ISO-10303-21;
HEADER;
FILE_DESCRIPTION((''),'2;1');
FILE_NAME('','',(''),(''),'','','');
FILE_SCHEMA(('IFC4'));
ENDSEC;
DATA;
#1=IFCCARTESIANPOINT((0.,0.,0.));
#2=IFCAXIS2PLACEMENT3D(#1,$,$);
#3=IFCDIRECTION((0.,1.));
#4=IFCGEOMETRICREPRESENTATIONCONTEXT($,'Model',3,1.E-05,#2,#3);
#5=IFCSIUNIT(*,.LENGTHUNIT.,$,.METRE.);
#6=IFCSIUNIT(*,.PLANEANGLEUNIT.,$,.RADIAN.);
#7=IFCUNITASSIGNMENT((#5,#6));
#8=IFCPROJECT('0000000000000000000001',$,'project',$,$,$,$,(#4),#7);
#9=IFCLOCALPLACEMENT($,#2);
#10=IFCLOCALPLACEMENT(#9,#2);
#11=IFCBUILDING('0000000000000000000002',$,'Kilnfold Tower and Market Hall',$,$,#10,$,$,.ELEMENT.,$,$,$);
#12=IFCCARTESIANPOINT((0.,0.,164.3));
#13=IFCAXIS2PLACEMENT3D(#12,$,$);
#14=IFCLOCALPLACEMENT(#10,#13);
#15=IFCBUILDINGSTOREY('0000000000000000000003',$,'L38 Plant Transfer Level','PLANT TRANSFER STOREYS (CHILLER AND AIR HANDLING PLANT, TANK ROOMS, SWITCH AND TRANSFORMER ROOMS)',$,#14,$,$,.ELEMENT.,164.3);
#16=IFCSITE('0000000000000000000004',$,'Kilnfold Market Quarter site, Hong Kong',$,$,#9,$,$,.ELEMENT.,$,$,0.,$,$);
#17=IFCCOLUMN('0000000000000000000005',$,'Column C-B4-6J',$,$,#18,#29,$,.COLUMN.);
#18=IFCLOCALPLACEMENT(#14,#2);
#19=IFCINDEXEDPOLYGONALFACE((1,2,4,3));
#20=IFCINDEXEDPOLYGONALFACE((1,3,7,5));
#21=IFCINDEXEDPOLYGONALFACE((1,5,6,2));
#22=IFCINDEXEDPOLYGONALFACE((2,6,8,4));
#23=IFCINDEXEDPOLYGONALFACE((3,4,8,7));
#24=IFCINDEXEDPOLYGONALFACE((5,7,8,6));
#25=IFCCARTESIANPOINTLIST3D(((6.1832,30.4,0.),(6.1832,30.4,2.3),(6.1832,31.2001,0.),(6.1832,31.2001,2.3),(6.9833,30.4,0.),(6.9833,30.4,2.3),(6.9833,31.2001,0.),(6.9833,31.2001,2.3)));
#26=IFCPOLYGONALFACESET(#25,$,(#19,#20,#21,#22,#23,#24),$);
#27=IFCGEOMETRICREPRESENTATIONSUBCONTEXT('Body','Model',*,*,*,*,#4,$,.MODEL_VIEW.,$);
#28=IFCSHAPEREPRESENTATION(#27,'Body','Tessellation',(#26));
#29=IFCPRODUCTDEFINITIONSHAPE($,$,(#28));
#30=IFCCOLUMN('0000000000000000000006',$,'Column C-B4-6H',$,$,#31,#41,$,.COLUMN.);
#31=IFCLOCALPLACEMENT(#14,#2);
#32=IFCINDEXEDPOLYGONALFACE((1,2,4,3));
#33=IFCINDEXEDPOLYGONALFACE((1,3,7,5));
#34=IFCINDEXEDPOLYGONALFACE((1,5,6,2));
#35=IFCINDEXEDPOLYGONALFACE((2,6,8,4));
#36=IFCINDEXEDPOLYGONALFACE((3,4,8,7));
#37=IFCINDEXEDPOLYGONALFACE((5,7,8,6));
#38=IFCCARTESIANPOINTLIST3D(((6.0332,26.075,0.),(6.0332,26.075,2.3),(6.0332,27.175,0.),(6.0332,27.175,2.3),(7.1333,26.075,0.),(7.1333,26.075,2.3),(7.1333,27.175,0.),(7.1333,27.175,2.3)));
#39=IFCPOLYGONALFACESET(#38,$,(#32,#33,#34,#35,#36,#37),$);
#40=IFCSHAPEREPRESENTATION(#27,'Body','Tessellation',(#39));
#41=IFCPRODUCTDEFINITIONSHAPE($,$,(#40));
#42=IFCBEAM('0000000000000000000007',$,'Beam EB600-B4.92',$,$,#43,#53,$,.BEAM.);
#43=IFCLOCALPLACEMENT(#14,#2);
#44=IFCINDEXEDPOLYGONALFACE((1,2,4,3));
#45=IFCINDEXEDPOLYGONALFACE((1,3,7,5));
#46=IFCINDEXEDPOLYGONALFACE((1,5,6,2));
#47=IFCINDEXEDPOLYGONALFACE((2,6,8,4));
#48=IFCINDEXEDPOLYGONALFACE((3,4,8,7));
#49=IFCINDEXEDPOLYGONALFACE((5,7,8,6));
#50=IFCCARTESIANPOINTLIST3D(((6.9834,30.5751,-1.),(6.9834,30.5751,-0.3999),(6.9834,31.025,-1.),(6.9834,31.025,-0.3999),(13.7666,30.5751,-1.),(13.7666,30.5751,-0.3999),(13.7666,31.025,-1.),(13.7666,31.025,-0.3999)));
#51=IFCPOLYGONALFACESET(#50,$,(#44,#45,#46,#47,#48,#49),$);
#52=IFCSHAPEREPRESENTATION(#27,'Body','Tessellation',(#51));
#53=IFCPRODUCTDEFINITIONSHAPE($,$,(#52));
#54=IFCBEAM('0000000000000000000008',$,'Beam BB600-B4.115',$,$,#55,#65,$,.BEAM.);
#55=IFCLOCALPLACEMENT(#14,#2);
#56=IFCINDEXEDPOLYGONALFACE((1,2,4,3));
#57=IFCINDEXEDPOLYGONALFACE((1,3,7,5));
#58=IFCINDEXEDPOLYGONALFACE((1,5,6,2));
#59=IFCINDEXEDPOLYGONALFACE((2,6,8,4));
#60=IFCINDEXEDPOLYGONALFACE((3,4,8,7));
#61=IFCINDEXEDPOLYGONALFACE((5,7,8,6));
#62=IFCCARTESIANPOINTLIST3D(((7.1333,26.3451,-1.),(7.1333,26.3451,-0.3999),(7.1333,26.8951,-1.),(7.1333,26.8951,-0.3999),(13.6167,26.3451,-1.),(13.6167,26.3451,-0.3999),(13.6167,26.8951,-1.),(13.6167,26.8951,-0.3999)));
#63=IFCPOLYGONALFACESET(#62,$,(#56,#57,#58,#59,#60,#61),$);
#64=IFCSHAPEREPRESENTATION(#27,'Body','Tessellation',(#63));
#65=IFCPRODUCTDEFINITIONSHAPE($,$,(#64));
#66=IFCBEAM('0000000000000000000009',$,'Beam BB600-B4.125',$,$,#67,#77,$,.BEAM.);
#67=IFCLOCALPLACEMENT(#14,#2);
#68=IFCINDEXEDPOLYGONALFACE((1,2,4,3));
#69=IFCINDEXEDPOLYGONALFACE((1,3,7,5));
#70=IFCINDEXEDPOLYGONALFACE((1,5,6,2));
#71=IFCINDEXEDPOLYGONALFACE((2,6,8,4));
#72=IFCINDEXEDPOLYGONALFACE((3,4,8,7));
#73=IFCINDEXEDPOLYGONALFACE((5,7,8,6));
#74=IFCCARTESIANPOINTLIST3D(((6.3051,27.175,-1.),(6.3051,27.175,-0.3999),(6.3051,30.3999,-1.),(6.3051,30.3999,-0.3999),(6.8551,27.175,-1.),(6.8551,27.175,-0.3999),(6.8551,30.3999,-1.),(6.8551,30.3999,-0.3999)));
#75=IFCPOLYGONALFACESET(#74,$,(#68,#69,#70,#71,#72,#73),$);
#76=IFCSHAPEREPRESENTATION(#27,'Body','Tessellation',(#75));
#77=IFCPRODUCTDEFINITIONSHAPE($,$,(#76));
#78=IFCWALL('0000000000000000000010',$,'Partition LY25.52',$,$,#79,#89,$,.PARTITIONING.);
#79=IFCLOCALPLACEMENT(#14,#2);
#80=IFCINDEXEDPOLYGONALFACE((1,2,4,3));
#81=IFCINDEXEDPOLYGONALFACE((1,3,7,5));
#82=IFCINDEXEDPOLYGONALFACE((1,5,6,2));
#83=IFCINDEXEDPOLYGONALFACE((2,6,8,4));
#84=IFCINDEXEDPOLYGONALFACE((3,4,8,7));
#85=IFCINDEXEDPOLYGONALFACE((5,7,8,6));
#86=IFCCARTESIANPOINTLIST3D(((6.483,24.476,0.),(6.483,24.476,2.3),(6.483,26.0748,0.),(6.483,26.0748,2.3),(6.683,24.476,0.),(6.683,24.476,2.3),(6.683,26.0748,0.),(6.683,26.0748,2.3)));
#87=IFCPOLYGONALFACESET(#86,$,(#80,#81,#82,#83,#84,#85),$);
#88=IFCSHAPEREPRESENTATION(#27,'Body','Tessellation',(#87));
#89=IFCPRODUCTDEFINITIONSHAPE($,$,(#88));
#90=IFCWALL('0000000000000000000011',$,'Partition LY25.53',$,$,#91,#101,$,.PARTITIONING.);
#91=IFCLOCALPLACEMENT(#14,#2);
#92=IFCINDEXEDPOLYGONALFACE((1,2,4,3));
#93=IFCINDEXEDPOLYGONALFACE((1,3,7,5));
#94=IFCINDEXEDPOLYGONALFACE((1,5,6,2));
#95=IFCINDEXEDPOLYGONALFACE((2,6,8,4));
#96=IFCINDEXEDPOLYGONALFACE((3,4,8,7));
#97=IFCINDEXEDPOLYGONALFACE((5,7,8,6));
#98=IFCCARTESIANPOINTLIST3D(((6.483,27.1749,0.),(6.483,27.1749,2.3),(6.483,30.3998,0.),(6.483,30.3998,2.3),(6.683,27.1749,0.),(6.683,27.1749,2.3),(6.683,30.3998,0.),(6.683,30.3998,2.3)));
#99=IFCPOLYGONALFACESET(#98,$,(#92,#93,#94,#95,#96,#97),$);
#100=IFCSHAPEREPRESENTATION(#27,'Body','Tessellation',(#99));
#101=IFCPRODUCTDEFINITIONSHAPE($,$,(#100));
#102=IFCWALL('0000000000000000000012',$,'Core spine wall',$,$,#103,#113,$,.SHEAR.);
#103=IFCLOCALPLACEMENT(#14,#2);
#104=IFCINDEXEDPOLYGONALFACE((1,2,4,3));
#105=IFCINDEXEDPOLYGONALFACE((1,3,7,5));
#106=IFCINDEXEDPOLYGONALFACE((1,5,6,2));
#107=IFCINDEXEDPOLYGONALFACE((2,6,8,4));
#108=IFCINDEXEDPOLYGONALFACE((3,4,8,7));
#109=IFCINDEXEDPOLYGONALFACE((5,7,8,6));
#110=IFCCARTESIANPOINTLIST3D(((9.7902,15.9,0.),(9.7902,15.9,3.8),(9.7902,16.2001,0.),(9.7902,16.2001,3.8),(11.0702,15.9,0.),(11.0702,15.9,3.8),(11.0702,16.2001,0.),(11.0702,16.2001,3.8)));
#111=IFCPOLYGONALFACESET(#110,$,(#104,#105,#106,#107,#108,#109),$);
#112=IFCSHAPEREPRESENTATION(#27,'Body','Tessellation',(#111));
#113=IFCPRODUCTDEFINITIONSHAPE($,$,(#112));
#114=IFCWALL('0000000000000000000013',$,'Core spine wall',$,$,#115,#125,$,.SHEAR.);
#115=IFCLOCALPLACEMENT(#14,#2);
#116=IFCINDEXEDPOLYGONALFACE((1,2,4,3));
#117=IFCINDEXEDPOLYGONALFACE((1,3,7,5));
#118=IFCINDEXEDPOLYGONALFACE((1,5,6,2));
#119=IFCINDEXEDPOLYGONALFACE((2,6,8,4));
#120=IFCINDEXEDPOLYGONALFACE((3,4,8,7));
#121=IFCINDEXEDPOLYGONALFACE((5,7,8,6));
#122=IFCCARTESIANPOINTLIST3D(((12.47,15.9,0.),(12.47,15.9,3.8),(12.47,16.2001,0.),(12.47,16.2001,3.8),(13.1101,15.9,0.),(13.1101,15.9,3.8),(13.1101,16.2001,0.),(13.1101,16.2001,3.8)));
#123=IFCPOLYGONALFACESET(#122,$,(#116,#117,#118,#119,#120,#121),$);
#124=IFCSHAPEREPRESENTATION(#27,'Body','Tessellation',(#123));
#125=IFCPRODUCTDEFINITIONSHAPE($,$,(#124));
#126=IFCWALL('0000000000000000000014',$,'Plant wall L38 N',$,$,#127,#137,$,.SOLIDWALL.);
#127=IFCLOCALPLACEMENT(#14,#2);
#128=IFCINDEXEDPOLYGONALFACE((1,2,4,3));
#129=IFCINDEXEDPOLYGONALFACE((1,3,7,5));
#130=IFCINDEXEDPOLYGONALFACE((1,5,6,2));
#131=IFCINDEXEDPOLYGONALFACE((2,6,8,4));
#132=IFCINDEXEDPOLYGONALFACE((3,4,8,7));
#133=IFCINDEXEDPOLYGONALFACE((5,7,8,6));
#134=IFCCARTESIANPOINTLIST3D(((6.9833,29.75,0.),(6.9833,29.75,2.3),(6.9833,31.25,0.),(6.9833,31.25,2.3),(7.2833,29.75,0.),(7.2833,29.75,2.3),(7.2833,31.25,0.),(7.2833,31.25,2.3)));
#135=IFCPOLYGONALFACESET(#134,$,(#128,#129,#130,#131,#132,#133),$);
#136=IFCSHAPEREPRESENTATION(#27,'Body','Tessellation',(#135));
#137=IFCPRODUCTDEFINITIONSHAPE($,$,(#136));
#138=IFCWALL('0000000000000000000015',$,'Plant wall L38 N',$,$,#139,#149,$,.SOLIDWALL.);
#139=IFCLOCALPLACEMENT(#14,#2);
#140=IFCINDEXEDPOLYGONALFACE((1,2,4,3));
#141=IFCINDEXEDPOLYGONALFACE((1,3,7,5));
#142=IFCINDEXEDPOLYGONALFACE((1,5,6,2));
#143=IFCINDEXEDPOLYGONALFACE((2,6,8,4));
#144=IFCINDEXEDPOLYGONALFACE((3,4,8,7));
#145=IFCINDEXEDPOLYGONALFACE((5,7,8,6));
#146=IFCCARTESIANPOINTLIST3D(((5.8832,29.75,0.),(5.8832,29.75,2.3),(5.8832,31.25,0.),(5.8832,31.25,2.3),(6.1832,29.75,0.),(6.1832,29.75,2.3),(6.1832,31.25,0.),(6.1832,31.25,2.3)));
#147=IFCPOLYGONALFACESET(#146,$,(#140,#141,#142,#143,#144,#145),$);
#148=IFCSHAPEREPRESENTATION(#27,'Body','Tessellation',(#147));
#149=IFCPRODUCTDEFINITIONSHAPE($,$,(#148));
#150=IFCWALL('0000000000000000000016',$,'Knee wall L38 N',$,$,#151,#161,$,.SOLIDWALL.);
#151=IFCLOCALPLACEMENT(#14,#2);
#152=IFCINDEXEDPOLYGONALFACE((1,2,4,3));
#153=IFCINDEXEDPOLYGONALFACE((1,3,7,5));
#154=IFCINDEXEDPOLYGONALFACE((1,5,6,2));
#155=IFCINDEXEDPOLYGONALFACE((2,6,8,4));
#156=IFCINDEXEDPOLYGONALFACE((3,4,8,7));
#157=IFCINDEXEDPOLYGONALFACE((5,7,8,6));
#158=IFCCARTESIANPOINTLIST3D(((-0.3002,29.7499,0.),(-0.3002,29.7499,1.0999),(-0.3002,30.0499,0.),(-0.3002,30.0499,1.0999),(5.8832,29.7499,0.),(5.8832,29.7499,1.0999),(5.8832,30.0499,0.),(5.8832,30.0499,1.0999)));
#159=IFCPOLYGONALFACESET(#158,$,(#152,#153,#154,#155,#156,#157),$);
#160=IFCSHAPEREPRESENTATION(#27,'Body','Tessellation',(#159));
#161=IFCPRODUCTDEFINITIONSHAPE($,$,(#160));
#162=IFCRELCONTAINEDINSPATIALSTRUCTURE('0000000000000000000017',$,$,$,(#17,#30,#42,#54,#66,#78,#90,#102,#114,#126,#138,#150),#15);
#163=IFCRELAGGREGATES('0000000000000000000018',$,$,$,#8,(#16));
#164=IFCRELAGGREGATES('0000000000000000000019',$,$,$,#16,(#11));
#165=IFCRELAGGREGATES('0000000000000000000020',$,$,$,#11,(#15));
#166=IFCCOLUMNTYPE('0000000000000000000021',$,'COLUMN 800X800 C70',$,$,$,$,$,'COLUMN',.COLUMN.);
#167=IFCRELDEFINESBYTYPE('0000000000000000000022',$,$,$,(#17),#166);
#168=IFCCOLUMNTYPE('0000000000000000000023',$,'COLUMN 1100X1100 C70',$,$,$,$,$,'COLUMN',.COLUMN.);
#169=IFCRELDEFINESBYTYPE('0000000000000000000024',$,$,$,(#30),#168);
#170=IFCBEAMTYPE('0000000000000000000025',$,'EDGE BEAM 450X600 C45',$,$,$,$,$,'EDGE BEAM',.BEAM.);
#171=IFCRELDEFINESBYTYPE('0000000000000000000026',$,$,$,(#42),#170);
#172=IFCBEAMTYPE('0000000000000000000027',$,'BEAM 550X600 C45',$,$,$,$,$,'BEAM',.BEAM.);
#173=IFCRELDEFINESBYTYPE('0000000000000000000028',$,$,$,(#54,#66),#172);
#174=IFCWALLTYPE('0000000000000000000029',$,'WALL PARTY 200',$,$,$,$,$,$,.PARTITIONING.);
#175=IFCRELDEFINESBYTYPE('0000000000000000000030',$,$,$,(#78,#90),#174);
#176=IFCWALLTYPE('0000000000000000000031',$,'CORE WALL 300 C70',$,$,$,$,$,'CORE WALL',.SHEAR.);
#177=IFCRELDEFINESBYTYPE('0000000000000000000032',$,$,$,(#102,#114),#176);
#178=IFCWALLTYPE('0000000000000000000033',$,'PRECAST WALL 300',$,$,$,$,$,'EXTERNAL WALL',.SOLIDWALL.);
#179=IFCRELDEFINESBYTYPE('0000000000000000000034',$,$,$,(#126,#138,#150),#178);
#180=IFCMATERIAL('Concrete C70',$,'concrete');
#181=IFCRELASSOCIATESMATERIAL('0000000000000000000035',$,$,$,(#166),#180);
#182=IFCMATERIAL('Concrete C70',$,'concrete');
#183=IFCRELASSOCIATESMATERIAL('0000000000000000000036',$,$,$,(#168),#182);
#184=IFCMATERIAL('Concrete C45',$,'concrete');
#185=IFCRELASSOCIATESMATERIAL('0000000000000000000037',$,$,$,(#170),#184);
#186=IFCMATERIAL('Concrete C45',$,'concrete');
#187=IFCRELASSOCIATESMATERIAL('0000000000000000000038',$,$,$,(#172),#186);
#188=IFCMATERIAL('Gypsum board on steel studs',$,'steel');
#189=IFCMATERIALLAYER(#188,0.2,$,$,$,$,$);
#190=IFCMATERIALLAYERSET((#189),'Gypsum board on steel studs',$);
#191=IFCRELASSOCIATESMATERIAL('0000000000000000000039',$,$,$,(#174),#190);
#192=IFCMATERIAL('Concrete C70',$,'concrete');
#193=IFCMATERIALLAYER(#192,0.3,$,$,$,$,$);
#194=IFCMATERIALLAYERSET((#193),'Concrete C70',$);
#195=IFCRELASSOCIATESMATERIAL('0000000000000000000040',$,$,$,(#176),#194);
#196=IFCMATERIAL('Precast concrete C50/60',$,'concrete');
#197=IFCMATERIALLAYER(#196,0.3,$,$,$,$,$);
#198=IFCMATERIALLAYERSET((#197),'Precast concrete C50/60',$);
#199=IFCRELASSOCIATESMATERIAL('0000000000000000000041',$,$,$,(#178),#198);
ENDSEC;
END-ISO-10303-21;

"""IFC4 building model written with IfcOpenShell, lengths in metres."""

from ifc_helpers import new_model, si_unit, direction, frame, frame_2d, origin, origin_2d, place, context, subcontext, project, spatial, rectangle, extrude, source, transform, mapped, material, layer, layer_set, material_profile, profile_set, type_object, element, save


model = new_model("IFC4")

# Units and contexts
model_context = context("Model", 3, precision=1e-05, world=origin(), true_north=direction((0.0, 1.0)))
body_context = subcontext(model_context, "Body", "Model", "MODEL_VIEW")
ifc_project = project(units=[si_unit("LENGTHUNIT", "METRE"), si_unit("PLANEANGLEUNIT", "RADIAN")], contexts=[model_context])

# Site, building, storey
site_placement = place(None, origin())
site = spatial("IfcSite", under=ifc_project, at=site_placement, Name="Kilnfold Market Quarter site, Hong Kong", CompositionType="ELEMENT", RefElevation=0.0)
building_placement = place(site_placement, origin())
building = spatial("IfcBuilding", under=site, at=building_placement, Name="Kilnfold Tower and Market Hall", CompositionType="ELEMENT")
storey_placement = place(building_placement, frame((0.0, 0.0, 164.3)))
storey = spatial("IfcBuildingStorey", under=building, at=storey_placement, Name="L38 Plant Transfer Level", Description="PLANT TRANSFER STOREYS (CHILLER AND AIR HANDLING PLANT, TANK ROOMS, SWITCH AND TRANSFORMER ROOMS)", CompositionType="ELEMENT", Elevation=164.3)

# Columns
ifc_material_1 = material(Name="Concrete C70", Category="concrete")
ifc_material_profile_1 = material_profile(ifc_material_1, rectangle(XDim=0.8, YDim=0.8, at=origin_2d()), Name="RC 800x800")
ifc_profile_set_1 = profile_set([ifc_material_profile_1], Name="Concrete C70")
column_type_1 = type_object("IfcColumnType", Name="COLUMN 800X800 C70", ElementType="COLUMN", PredefinedType="COLUMN", material=ifc_profile_set_1)
shared_shape_1 = source(origin(), body_context, "Body", "SweptSolid", [
    extrude(rectangle(XDim=0.8, YDim=0.8, at=origin_2d()), origin(), (0.0, 0.0, 1.0), 2.3),
])
column_1_placement = place(storey_placement, frame((6.5833, 30.8, 0.0), z_axis=(0.0, 0.0, 1.0), x_axis=(1.0, 0.0, 0.0)))
element("IfcColumn", 1, at=column_1_placement, inside=storey, type_object=column_type_1, Name="Column C-B4-6J", PredefinedType="COLUMN", context=body_context, shape_type="MappedRepresentation", body=[
    mapped(shared_shape_1, transform((0.0, 0.0, 0.0))),
])
ifc_material_2 = material(Name="Concrete C70", Category="concrete")
ifc_material_profile_2 = material_profile(ifc_material_2, rectangle(XDim=1.1001, YDim=1.1001, at=origin_2d()), Name="RC 1100x1100")
ifc_profile_set_2 = profile_set([ifc_material_profile_2], Name="Concrete C70")
column_type_2 = type_object("IfcColumnType", Name="COLUMN 1100X1100 C70", ElementType="COLUMN", PredefinedType="COLUMN", material=ifc_profile_set_2)
shared_shape_2 = source(origin(), body_context, "Body", "SweptSolid", [
    extrude(rectangle(XDim=1.1001, YDim=1.1001, at=origin_2d()), origin(), (0.0, 0.0, 1.0), 2.3),
])
column_2_placement = place(storey_placement, frame((6.5833, 26.625, 0.0), z_axis=(0.0, 0.0, 1.0), x_axis=(1.0, 0.0, 0.0)))
element("IfcColumn", 2, at=column_2_placement, inside=storey, type_object=column_type_2, Name="Column C-B4-6H", PredefinedType="COLUMN", context=body_context, shape_type="MappedRepresentation", body=[
    mapped(shared_shape_2, transform((0.0, 0.0, 0.0))),
])

# Beams
ifc_material_3 = material(Name="Concrete C45", Category="concrete")
ifc_material_profile_3 = material_profile(ifc_material_3, rectangle(XDim=0.45, YDim=0.6001, at=origin_2d()), Name="RC 450x600")
ifc_profile_set_3 = profile_set([ifc_material_profile_3], Name="Concrete C45")
beam_type_1 = type_object("IfcBeamType", Name="EDGE BEAM 450X600 C45", ElementType="EDGE BEAM", PredefinedType="BEAM", material=ifc_profile_set_3)
shared_shape_3 = source(origin(), body_context, "Body", "SweptSolid", [
    extrude(rectangle(XDim=0.45, YDim=0.6001, at=origin_2d()), origin(), (0.0, 0.0, 1.0), 6.7832),
])
beam_1_placement = place(storey_placement, frame((6.9834, 30.8, -0.7), z_axis=(1.0, 0.0, 0.0), x_axis=(0.0, 1.0, 0.0)))
element("IfcBeam", 3, at=beam_1_placement, inside=storey, type_object=beam_type_1, Name="Beam EB600-B4.92", PredefinedType="BEAM", context=body_context, shape_type="MappedRepresentation", body=[
    mapped(shared_shape_3, transform((0.0, 0.0, 0.0))),
])
ifc_material_4 = material(Name="Concrete C45", Category="concrete")
ifc_material_profile_4 = material_profile(ifc_material_4, rectangle(XDim=0.55, YDim=0.6001, at=origin_2d()), Name="RC 550x600")
ifc_profile_set_4 = profile_set([ifc_material_profile_4], Name="Concrete C45")
beam_type_2 = type_object("IfcBeamType", Name="BEAM 550X600 C45", ElementType="BEAM", PredefinedType="BEAM", material=ifc_profile_set_4)
shared_shape_4 = source(origin(), body_context, "Body", "SweptSolid", [
    extrude(rectangle(XDim=0.55, YDim=0.6001, at=origin_2d()), origin(), (0.0, 0.0, 1.0), 6.4834),
])
beam_2_placement = place(storey_placement, frame((7.1333, 26.6201, -0.7), z_axis=(1.0, 0.0, 0.0), x_axis=(0.0, 1.0, 0.0)))
element("IfcBeam", 4, at=beam_2_placement, inside=storey, type_object=beam_type_2, Name="Beam BB600-B4.115", PredefinedType="BEAM", context=body_context, shape_type="MappedRepresentation", body=[
    mapped(shared_shape_4, transform((0.0, 0.0, 0.0))),
])
shared_shape_5 = source(origin(), body_context, "Body", "SweptSolid", [
    extrude(rectangle(XDim=0.55, YDim=0.6001, at=origin_2d()), origin(), (0.0, 0.0, 1.0), 3.2249),
])
beam_3_placement = place(storey_placement, frame((6.5801, 27.175, -0.7), z_axis=(0.0, 1.0, 0.0), x_axis=(-1.0, 0.0, 0.0)))
element("IfcBeam", 5, at=beam_3_placement, inside=storey, type_object=beam_type_2, Name="Beam BB600-B4.125", PredefinedType="BEAM", context=body_context, shape_type="MappedRepresentation", body=[
    mapped(shared_shape_5, transform((0.0, 0.0, 0.0))),
])

# Walls
ifc_material_5 = material(Name="Gypsum board on steel studs", Category="steel")
ifc_layer_1 = layer(ifc_material_5, 0.2)
ifc_layer_set_1 = layer_set([ifc_layer_1], Name="Gypsum board on steel studs")
wall_type_1 = type_object("IfcWallType", Name="WALL PARTY 200", PredefinedType="PARTITIONING", material=ifc_layer_set_1)
wall_1_placement = place(storey_placement, frame((6.583, 24.4761, 0.0), z_axis=(0.0, 0.0, 1.0), x_axis=(0.0, 1.0, 0.0)))
element("IfcWall", 6, at=wall_1_placement, inside=storey, type_object=wall_type_1, Name="Partition LY25.52", PredefinedType="PARTITIONING", context=body_context, shape_type="SweptSolid", body=[
    extrude(rectangle(XDim=1.5989, YDim=0.2, at=frame_2d((0.7993, 0.0))), origin(), (0.0, 0.0, 1.0), 2.3),
])
wall_2_placement = place(storey_placement, frame((6.583, 27.175, 0.0), z_axis=(0.0, 0.0, 1.0), x_axis=(0.0, 1.0, 0.0)))
element("IfcWall", 7, at=wall_2_placement, inside=storey, type_object=wall_type_1, Name="Partition LY25.53", PredefinedType="PARTITIONING", context=body_context, shape_type="SweptSolid", body=[
    extrude(rectangle(XDim=3.2249, YDim=0.2, at=frame_2d((1.6123, 0.0))), origin(), (0.0, 0.0, 1.0), 2.3),
])
ifc_material_6 = material(Name="Concrete C70", Category="concrete")
ifc_layer_2 = layer(ifc_material_6, 0.3)
ifc_layer_set_2 = layer_set([ifc_layer_2], Name="Concrete C70")
wall_type_2 = type_object("IfcWallType", Name="CORE WALL 300 C70", ElementType="CORE WALL", PredefinedType="SHEAR", material=ifc_layer_set_2)
shared_shape_6 = source(origin(), body_context, "Body", "SweptSolid", [
    extrude(rectangle(XDim=1.28, YDim=0.3, at=frame_2d((0.6401, 0.0))), origin(), (0.0, 0.0, 1.0), 3.8),
])
wall_3_placement = place(storey_placement, frame((9.79, 16.05, 0.0), z_axis=(0.0, 0.0, 1.0), x_axis=(1.0, 0.0, 0.0)))
element("IfcWall", 8, at=wall_3_placement, inside=storey, type_object=wall_type_2, Name="Core spine wall", PredefinedType="SHEAR", context=body_context, shape_type="MappedRepresentation", body=[
    mapped(shared_shape_6, transform((0.0, 0.0, 0.0))),
])
shared_shape_7 = source(origin(), body_context, "Body", "SweptSolid", [
    extrude(rectangle(XDim=0.6401, YDim=0.3, at=frame_2d((0.3201, 0.0))), origin(), (0.0, 0.0, 1.0), 3.8),
])
wall_4_placement = place(storey_placement, frame((12.47, 16.05, 0.0), z_axis=(0.0, 0.0, 1.0), x_axis=(1.0, 0.0, 0.0)))
element("IfcWall", 9, at=wall_4_placement, inside=storey, type_object=wall_type_2, Name="Core spine wall", PredefinedType="SHEAR", context=body_context, shape_type="MappedRepresentation", body=[
    mapped(shared_shape_7, transform((0.0, 0.0, 0.0))),
])
ifc_material_7 = material(Name="Precast concrete C50/60", Category="concrete")
ifc_layer_3 = layer(ifc_material_7, 0.3)
ifc_layer_set_3 = layer_set([ifc_layer_3], Name="Precast concrete C50/60")
wall_type_3 = type_object("IfcWallType", Name="PRECAST WALL 300", ElementType="EXTERNAL WALL", PredefinedType="SOLIDWALL", material=ifc_layer_set_3)
shared_shape_8 = source(origin(), body_context, "Body", "SweptSolid", [
    extrude(rectangle(XDim=1.5, YDim=0.3, at=frame_2d((0.75, 0.0))), origin(), (0.0, 0.0, 1.0), 2.3),
])
for number, where, z_axis, x_axis, name in (
    (10, (7.1333, 31.25, 0.0), (0.0, 0.0, 1.0), (0.0, -1.0, 0.0), "Plant wall L38 N"),
    (11, (6.0332, 31.25, 0.0), (0.0, 0.0, 1.0), (0.0, -1.0, 0.0), "Plant wall L38 N"),
):
    element("IfcWall", number, at=place(storey_placement, frame(where, z_axis=z_axis, x_axis=x_axis)), inside=storey, type_object=wall_type_3, Name=name, PredefinedType="SOLIDWALL", context=body_context, shape_type="MappedRepresentation", body=[
        mapped(shared_shape_8, transform((0.0, 0.0, 0.0))),
    ])
shared_shape_9 = source(origin(), body_context, "Body", "SweptSolid", [
    extrude(rectangle(XDim=6.1833, YDim=0.3, at=frame_2d((3.0918, 0.0))), origin(), (0.0, 0.0, 1.0), 1.0999),
])
wall_5_placement = place(storey_placement, frame((5.8833, 29.8999, 0.0), z_axis=(0.0, 0.0, 1.0), x_axis=(-1.0, 0.0, 0.0)))
element("IfcWall", 12, at=wall_5_placement, inside=storey, type_object=wall_type_3, Name="Knee wall L38 N", PredefinedType="SOLIDWALL", context=body_context, shape_type="MappedRepresentation", body=[
    mapped(shared_shape_9, transform((0.0, 0.0, 0.0))),
])

save(model, "model.ifc")
